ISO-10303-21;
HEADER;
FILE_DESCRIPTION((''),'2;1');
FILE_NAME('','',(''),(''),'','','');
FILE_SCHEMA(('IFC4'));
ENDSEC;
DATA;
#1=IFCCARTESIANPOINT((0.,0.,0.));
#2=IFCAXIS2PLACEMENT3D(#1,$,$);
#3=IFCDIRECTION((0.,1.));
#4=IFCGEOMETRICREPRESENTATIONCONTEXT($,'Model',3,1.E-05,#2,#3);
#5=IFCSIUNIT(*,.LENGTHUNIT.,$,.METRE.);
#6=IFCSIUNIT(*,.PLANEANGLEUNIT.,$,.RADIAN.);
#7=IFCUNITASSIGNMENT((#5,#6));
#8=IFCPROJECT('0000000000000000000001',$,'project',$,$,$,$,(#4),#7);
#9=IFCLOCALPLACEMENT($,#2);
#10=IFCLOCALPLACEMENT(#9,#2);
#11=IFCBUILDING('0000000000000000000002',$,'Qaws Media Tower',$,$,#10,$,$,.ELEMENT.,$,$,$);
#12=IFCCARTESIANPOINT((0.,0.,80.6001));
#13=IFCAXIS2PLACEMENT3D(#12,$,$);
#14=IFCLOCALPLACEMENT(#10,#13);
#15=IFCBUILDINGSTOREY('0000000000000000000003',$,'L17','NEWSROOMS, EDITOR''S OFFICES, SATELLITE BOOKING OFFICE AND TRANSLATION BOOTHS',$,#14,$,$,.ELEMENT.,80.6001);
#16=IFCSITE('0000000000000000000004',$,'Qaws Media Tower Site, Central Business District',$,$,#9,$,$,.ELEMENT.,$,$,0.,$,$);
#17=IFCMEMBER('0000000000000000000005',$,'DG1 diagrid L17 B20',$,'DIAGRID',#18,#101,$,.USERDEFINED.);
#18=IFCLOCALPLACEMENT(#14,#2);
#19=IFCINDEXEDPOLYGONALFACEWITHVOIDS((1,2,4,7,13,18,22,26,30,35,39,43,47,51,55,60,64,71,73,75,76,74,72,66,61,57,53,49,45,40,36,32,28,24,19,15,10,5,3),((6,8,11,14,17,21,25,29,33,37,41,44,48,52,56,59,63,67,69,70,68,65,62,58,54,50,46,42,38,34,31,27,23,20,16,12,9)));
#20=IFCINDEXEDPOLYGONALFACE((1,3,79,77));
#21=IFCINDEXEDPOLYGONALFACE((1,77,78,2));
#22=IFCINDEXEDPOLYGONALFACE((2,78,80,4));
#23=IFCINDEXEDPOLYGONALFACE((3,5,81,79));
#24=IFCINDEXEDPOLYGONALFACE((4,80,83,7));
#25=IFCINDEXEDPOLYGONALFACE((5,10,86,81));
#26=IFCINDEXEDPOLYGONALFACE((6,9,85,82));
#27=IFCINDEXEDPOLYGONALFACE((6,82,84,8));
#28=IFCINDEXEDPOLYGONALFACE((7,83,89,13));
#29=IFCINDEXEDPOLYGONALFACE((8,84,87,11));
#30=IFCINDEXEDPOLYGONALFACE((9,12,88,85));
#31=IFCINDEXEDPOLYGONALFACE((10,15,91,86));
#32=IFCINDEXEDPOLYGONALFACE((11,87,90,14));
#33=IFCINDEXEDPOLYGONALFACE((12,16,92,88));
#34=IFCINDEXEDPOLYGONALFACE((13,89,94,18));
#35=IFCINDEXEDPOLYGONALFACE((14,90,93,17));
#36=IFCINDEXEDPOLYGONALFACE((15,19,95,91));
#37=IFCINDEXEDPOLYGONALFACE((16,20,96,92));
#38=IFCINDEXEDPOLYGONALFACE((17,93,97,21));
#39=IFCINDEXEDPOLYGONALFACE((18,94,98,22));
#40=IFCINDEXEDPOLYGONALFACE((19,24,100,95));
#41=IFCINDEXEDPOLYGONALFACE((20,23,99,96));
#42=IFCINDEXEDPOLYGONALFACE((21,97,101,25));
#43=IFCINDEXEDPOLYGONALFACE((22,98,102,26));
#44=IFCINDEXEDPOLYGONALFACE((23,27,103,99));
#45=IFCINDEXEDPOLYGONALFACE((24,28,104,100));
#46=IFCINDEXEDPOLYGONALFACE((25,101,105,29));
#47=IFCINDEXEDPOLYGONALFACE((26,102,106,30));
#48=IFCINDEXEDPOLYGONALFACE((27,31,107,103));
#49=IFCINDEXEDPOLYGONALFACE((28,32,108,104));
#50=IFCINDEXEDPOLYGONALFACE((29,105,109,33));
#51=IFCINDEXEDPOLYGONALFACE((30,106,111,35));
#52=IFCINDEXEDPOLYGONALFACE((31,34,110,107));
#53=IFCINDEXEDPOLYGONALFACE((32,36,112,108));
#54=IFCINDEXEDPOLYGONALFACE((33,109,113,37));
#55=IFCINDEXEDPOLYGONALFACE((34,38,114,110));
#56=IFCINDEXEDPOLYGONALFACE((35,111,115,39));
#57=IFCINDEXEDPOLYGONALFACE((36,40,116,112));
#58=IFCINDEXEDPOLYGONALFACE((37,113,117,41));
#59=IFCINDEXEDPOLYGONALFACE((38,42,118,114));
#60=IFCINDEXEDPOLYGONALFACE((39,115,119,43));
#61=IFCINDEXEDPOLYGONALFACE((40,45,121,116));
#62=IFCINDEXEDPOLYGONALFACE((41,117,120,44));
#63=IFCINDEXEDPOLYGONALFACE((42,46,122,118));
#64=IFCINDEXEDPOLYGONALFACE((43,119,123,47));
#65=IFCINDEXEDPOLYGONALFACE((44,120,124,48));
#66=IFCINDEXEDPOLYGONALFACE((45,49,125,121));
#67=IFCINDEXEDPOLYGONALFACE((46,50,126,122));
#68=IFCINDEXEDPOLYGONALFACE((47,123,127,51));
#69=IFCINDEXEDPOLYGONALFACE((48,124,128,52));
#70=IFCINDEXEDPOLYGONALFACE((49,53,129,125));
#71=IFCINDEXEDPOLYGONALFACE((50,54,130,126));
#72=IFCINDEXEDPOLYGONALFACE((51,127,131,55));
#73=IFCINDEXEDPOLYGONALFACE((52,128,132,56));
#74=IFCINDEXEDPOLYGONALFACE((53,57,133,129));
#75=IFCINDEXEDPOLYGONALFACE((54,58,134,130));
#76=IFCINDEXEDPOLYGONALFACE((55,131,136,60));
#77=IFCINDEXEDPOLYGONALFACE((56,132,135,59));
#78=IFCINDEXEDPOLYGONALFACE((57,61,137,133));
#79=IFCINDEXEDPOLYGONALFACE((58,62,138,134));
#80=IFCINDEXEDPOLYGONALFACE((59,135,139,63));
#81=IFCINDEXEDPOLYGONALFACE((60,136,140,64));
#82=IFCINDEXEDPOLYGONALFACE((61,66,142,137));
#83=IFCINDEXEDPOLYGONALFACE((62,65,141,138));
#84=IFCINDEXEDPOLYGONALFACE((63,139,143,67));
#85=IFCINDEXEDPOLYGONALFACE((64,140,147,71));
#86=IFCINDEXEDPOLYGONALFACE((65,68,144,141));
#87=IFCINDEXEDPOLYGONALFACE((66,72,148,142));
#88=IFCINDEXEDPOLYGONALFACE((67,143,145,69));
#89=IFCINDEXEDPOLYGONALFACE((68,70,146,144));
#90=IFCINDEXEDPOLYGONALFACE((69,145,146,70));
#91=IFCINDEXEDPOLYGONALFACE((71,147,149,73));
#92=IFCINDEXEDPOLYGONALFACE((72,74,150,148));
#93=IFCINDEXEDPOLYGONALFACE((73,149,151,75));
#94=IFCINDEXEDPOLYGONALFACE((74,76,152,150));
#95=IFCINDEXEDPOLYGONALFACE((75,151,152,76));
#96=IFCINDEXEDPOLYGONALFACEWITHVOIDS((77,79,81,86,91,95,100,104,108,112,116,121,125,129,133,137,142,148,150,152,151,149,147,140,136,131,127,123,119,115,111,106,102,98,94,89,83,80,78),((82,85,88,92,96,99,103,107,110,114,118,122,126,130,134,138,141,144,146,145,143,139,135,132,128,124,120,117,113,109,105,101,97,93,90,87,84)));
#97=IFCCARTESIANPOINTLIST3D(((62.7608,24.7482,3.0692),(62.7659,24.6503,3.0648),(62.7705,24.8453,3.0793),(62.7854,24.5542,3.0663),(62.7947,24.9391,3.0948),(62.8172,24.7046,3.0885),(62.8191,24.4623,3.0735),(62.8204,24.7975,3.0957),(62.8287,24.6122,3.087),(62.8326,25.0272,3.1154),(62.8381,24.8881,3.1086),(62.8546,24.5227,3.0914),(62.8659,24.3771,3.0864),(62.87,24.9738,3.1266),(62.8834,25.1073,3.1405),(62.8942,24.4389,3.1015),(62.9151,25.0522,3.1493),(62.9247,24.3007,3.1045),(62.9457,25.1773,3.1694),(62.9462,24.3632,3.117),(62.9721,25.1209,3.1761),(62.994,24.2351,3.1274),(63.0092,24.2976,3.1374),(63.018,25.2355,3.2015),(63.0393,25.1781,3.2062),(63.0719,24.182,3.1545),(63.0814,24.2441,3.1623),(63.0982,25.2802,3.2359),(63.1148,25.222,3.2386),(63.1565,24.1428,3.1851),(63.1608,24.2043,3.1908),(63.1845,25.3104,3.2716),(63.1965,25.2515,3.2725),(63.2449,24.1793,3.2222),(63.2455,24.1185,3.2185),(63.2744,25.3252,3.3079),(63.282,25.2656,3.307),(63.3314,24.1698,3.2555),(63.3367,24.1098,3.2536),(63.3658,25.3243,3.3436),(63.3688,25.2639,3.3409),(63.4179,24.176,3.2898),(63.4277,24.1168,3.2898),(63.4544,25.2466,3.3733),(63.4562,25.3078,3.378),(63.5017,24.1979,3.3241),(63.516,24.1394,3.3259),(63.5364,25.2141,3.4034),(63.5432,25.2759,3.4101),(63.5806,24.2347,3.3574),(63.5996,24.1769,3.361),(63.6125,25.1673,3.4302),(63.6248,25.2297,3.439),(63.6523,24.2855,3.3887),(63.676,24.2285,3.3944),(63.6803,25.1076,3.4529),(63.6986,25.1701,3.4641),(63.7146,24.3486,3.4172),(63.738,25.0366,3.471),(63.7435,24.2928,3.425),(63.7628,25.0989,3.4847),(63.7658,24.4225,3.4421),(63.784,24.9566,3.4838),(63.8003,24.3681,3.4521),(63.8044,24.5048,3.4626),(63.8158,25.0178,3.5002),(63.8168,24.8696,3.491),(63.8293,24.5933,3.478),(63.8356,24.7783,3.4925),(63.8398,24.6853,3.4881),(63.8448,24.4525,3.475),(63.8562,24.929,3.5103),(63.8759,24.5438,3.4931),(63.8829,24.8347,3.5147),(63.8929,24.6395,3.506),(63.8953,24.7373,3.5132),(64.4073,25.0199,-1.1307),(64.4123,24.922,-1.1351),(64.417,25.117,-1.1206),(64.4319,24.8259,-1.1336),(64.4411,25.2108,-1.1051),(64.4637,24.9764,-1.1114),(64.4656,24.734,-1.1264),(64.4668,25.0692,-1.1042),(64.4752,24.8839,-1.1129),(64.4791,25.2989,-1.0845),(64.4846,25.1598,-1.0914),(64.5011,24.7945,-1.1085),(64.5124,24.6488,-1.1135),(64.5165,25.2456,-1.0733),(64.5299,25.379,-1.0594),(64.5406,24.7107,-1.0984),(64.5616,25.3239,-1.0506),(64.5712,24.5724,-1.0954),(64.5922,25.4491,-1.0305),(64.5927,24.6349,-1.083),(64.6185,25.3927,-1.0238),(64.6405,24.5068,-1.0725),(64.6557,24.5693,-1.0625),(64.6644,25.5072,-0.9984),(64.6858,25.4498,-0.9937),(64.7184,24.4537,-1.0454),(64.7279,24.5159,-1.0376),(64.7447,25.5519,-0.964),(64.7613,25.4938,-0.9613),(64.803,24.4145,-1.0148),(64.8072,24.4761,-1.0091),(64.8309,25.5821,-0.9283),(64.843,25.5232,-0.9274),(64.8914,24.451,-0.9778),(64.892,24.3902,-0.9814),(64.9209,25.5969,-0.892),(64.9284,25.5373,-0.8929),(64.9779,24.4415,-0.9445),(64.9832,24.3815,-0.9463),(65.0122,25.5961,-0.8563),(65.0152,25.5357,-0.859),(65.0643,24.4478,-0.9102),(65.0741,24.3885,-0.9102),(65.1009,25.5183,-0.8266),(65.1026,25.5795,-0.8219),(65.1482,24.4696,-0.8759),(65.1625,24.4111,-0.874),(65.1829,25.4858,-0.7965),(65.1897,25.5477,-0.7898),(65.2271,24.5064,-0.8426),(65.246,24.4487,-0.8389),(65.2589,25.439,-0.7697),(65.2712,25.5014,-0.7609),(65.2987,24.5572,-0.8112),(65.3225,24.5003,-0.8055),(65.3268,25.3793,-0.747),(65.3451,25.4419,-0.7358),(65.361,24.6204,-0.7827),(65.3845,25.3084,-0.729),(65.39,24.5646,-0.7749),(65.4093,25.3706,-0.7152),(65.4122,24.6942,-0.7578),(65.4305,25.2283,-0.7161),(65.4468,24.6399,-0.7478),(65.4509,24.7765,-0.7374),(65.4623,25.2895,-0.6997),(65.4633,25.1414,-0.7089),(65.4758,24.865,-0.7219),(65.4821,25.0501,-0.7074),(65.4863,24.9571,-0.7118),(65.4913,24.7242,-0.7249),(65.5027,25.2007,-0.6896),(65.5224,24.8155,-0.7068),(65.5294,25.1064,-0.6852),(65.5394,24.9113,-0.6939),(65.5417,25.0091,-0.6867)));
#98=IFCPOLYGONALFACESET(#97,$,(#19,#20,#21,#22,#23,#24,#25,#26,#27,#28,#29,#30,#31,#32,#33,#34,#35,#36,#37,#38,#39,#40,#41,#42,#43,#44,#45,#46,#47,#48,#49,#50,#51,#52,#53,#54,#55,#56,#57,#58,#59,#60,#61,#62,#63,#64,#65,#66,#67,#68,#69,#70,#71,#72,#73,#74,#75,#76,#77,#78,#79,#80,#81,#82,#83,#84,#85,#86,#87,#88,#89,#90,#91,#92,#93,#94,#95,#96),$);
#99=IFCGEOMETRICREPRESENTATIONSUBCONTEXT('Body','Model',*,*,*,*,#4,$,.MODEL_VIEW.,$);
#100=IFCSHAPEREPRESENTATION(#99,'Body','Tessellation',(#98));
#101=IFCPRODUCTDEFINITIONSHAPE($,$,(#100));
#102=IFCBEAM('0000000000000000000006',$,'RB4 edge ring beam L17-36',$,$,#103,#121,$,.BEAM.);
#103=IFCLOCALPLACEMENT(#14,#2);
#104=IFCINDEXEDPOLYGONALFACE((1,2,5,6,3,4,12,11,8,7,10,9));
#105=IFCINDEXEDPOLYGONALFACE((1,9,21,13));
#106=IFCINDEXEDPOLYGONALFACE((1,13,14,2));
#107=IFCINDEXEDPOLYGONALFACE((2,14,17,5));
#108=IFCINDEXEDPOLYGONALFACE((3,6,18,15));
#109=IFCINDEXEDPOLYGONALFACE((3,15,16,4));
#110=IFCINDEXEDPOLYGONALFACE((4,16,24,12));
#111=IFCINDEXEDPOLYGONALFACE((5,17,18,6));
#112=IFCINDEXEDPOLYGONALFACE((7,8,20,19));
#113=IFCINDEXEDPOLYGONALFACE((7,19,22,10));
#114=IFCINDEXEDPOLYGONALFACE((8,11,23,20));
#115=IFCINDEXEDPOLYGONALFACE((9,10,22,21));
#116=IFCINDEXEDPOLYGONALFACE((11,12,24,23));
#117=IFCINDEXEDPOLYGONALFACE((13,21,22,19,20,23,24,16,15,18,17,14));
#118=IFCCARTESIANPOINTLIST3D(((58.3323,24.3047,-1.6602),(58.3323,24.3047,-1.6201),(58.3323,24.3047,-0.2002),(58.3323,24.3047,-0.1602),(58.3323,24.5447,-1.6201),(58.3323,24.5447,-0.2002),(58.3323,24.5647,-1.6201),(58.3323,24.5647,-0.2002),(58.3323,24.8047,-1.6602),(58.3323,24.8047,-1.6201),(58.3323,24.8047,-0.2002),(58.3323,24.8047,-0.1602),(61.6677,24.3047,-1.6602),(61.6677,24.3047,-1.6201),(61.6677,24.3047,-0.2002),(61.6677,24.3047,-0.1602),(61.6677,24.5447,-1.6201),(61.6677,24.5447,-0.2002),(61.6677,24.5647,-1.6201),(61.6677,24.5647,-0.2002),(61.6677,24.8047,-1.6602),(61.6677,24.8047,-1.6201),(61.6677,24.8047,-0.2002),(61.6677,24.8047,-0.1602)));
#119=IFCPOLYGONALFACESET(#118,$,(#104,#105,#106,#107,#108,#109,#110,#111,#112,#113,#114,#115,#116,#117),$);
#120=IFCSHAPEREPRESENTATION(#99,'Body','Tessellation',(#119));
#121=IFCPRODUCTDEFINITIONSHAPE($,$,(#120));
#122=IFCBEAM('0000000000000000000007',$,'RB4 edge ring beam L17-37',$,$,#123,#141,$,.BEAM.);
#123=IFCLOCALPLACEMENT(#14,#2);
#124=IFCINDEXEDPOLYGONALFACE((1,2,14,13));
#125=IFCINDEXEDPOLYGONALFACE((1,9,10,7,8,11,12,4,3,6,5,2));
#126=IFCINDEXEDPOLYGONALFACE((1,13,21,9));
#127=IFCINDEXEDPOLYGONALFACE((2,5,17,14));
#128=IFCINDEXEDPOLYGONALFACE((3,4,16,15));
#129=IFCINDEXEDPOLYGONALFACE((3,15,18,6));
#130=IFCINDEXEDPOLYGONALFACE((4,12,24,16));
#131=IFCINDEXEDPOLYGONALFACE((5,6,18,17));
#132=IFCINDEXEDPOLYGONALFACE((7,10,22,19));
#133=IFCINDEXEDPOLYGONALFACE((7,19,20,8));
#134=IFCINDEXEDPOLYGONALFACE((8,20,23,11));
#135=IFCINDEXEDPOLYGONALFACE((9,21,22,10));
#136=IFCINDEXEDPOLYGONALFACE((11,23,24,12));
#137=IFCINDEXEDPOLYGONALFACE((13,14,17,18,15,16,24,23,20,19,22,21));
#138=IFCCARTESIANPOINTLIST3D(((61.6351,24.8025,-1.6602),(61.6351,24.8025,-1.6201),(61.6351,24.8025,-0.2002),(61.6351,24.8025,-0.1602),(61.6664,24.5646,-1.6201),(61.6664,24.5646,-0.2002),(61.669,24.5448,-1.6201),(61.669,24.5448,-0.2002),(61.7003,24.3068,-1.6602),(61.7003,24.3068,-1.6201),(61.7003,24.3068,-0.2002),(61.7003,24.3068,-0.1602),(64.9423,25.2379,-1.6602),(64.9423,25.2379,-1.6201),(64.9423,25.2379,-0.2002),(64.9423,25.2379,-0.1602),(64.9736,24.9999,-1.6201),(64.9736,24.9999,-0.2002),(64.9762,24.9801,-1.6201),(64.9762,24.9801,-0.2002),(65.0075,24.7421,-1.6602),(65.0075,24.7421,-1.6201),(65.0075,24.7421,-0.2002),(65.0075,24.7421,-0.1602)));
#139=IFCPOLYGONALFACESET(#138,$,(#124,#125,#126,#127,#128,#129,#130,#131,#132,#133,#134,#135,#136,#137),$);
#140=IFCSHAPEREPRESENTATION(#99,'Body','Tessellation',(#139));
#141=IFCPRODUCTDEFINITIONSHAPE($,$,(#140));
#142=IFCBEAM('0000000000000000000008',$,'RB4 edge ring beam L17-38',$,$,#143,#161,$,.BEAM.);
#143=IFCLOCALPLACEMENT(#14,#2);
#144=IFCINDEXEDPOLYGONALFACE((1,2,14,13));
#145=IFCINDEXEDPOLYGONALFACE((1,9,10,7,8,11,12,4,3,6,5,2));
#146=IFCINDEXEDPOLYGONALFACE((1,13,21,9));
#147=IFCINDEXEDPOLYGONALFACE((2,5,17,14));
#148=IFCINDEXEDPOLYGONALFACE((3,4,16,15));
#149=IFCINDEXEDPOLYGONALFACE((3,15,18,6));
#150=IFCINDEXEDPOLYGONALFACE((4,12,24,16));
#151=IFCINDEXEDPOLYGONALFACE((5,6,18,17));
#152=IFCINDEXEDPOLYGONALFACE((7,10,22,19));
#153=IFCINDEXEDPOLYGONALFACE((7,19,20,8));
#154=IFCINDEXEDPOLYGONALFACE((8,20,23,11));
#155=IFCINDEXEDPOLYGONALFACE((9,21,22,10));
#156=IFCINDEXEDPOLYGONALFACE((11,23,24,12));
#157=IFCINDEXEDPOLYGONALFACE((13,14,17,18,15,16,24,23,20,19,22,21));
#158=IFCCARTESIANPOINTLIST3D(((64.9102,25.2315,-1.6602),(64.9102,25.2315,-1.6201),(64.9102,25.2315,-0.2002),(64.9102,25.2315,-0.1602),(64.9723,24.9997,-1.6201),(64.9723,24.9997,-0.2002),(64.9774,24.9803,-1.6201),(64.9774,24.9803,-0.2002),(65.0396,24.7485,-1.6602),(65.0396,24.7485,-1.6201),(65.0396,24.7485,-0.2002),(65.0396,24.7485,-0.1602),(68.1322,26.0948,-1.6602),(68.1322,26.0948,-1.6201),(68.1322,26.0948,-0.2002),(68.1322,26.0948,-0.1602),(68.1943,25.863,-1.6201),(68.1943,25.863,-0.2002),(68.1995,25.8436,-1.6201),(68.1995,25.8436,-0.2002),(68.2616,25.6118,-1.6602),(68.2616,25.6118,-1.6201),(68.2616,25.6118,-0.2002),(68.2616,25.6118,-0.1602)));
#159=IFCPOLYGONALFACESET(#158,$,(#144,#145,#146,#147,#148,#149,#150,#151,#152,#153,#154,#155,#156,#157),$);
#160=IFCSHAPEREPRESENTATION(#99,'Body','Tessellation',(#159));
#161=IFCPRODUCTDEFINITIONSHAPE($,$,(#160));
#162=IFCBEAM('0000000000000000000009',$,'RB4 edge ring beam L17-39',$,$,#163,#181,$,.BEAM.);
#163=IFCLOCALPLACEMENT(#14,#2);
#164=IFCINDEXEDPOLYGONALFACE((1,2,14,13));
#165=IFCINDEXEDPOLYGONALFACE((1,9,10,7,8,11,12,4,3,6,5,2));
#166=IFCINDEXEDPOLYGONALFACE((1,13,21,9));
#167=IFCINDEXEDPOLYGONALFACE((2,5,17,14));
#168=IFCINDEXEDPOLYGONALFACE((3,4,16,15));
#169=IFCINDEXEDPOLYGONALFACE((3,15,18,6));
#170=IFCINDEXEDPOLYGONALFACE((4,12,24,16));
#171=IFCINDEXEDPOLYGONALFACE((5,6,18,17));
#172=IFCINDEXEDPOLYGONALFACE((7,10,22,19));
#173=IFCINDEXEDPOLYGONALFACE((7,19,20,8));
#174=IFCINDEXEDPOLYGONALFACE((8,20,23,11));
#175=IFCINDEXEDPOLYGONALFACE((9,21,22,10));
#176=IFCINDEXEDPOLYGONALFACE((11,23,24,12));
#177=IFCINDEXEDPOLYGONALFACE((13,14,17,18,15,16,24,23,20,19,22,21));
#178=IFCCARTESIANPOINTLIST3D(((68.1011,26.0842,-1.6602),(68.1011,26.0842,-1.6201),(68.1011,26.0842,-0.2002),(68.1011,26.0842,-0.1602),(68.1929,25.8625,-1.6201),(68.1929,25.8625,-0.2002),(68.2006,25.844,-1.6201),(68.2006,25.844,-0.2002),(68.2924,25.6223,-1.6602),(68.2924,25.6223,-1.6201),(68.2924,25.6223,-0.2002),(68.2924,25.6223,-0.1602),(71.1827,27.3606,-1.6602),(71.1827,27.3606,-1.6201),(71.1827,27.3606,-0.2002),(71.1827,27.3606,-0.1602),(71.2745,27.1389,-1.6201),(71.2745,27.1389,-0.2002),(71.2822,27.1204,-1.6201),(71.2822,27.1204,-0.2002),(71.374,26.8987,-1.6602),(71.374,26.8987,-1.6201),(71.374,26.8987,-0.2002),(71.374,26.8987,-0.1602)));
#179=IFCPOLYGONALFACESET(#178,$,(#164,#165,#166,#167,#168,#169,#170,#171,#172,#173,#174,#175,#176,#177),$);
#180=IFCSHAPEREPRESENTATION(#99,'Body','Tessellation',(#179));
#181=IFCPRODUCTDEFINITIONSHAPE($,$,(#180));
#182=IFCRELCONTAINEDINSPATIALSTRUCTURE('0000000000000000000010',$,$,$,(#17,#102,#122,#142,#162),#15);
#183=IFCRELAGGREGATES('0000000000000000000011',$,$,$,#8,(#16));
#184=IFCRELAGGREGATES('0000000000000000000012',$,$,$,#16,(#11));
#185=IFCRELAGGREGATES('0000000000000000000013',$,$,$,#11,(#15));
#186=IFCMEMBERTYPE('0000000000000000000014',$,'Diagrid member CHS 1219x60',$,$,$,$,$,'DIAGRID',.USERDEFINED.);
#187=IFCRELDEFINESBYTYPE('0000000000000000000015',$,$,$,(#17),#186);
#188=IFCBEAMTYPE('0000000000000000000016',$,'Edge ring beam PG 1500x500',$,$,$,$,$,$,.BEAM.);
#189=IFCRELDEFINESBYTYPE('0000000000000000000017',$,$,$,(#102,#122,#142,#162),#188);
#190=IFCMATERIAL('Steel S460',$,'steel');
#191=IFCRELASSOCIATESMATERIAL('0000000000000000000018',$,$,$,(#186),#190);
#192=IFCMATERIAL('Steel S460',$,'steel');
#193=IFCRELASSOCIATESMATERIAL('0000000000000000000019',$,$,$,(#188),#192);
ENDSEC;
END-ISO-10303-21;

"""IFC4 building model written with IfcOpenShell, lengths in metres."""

from ifc_helpers import new_model, si_unit, direction, frame, origin, origin_2d, place, context, subcontext, project, spatial, hollow_circle, i_section, extrude, material, material_profile, profile_set, type_object, element, save


model = new_model("IFC4")

# Units and contexts
model_context = context("Model", 3, precision=1e-05, world=origin(), true_north=direction((0.0, 1.0)))
body_context = subcontext(model_context, "Body", "Model", "MODEL_VIEW")
ifc_project = project(units=[si_unit("LENGTHUNIT", "METRE"), si_unit("PLANEANGLEUNIT", "RADIAN")], contexts=[model_context])

# Site, building, storey
site_placement = place(None, origin())
site = spatial("IfcSite", under=ifc_project, at=site_placement, Name="Qaws Media Tower Site, Central Business District", CompositionType="ELEMENT", RefElevation=0.0)
building_placement = place(site_placement, origin())
building = spatial("IfcBuilding", under=site, at=building_placement, Name="Qaws Media Tower", CompositionType="ELEMENT")
storey_placement = place(building_placement, frame((0.0, 0.0, 80.6001)))
storey = spatial("IfcBuildingStorey", under=building, at=storey_placement, Name="L17", Description="NEWSROOMS, EDITOR'S OFFICES, SATELLITE BOOKING OFFICE AND TRANSLATION BOOTHS", CompositionType="ELEMENT", Elevation=80.6001)

# Member
ifc_material_1 = material(Name="Steel S460", Category="steel")
ifc_material_profile_1 = material_profile(ifc_material_1, hollow_circle(Radius=0.6096, WallThickness=0.0601, at=origin_2d()), Name="CHS 1219x60")
ifc_profile_set_1 = profile_set([ifc_material_profile_1], Name="Steel S460")
member_type_1 = type_object("IfcMemberType", Name="Diagrid member CHS 1219x60", ElementType="DIAGRID", PredefinedType="USERDEFINED", material=ifc_profile_set_1)
for number, where, z_axis, x_axis, name in (
    (1, (64.9749, 24.99, -0.9102), (-0.364321, -0.060126, 0.929331), (0.162833, -0.986654, 0.0), "DG1 diagrid L17 B20"),
):
    element("IfcMember", number, at=place(storey_placement, frame(where, z_axis=z_axis, x_axis=x_axis)), inside=storey, type_object=member_type_1, Name=name, ObjectType="DIAGRID", PredefinedType="USERDEFINED", context=body_context, shape_type="SweptSolid", body=[
        extrude(hollow_circle(Radius=0.6096, WallThickness=0.0601, at=origin_2d()), origin(), (0.0, 0.0, 1.0), 4.5193),
    ])

# Beams
ifc_material_2 = material(Name="Steel S460", Category="steel")
ifc_material_profile_2 = material_profile(ifc_material_2, i_section(OverallWidth=0.5, OverallDepth=1.5, WebThickness=0.02, FlangeThickness=0.04, at=origin_2d()), Name="PG 1500x500")
ifc_profile_set_2 = profile_set([ifc_material_profile_2], Name="Steel S460")
beam_type_1 = type_object("IfcBeamType", Name="Edge ring beam PG 1500x500", PredefinedType="BEAM", material=ifc_profile_set_2)
beam_1_placement = place(storey_placement, frame((58.3323, 24.5547, -0.9102), z_axis=(1.0, 0.0, 0.0), x_axis=(0.0, 1.0, 0.0)))
element("IfcBeam", 2, at=beam_1_placement, inside=storey, type_object=beam_type_1, Name="RB4 edge ring beam L17-36", PredefinedType="BEAM", context=body_context, shape_type="SweptSolid", body=[
    extrude(i_section(OverallWidth=0.5, OverallDepth=1.5, WebThickness=0.02, FlangeThickness=0.04, at=origin_2d()), origin(), (0.0, 0.0, 1.0), 3.3354),
])
for number, where, z_axis, x_axis, name in (
    (3, (61.6677, 24.5547, -0.9102), (0.991448, 0.1305, 0.0), (-0.1305, 0.991448, 0.0), "RB4 edge ring beam L17-37"),
    (4, (64.9749, 24.99, -0.9102), (0.965928, 0.25881, 0.0), (-0.25881, 0.965928, 0.0), "RB4 edge ring beam L17-38"),
):
    element("IfcBeam", number, at=place(storey_placement, frame(where, z_axis=z_axis, x_axis=x_axis)), inside=storey, type_object=beam_type_1, Name=name, PredefinedType="BEAM", context=body_context, shape_type="SweptSolid", body=[
        extrude(i_section(OverallWidth=0.5, OverallDepth=1.5, WebThickness=0.02, FlangeThickness=0.04, at=origin_2d()), origin(), (0.0, 0.0, 1.0), 3.3357),
    ])
beam_2_placement = place(storey_placement, frame((68.1968, 25.8533, -0.9102), z_axis=(0.923885, 0.382671, 0.0), x_axis=(-0.382671, 0.923885, 0.0)))
element("IfcBeam", 5, at=beam_2_placement, inside=storey, type_object=beam_type_1, Name="RB4 edge ring beam L17-39", PredefinedType="BEAM", context=body_context, shape_type="SweptSolid", body=[
    extrude(i_section(OverallWidth=0.5, OverallDepth=1.5, WebThickness=0.02, FlangeThickness=0.04, at=origin_2d()), origin(), (0.0, 0.0, 1.0), 3.3354),
])

save(model, "model.ifc")
